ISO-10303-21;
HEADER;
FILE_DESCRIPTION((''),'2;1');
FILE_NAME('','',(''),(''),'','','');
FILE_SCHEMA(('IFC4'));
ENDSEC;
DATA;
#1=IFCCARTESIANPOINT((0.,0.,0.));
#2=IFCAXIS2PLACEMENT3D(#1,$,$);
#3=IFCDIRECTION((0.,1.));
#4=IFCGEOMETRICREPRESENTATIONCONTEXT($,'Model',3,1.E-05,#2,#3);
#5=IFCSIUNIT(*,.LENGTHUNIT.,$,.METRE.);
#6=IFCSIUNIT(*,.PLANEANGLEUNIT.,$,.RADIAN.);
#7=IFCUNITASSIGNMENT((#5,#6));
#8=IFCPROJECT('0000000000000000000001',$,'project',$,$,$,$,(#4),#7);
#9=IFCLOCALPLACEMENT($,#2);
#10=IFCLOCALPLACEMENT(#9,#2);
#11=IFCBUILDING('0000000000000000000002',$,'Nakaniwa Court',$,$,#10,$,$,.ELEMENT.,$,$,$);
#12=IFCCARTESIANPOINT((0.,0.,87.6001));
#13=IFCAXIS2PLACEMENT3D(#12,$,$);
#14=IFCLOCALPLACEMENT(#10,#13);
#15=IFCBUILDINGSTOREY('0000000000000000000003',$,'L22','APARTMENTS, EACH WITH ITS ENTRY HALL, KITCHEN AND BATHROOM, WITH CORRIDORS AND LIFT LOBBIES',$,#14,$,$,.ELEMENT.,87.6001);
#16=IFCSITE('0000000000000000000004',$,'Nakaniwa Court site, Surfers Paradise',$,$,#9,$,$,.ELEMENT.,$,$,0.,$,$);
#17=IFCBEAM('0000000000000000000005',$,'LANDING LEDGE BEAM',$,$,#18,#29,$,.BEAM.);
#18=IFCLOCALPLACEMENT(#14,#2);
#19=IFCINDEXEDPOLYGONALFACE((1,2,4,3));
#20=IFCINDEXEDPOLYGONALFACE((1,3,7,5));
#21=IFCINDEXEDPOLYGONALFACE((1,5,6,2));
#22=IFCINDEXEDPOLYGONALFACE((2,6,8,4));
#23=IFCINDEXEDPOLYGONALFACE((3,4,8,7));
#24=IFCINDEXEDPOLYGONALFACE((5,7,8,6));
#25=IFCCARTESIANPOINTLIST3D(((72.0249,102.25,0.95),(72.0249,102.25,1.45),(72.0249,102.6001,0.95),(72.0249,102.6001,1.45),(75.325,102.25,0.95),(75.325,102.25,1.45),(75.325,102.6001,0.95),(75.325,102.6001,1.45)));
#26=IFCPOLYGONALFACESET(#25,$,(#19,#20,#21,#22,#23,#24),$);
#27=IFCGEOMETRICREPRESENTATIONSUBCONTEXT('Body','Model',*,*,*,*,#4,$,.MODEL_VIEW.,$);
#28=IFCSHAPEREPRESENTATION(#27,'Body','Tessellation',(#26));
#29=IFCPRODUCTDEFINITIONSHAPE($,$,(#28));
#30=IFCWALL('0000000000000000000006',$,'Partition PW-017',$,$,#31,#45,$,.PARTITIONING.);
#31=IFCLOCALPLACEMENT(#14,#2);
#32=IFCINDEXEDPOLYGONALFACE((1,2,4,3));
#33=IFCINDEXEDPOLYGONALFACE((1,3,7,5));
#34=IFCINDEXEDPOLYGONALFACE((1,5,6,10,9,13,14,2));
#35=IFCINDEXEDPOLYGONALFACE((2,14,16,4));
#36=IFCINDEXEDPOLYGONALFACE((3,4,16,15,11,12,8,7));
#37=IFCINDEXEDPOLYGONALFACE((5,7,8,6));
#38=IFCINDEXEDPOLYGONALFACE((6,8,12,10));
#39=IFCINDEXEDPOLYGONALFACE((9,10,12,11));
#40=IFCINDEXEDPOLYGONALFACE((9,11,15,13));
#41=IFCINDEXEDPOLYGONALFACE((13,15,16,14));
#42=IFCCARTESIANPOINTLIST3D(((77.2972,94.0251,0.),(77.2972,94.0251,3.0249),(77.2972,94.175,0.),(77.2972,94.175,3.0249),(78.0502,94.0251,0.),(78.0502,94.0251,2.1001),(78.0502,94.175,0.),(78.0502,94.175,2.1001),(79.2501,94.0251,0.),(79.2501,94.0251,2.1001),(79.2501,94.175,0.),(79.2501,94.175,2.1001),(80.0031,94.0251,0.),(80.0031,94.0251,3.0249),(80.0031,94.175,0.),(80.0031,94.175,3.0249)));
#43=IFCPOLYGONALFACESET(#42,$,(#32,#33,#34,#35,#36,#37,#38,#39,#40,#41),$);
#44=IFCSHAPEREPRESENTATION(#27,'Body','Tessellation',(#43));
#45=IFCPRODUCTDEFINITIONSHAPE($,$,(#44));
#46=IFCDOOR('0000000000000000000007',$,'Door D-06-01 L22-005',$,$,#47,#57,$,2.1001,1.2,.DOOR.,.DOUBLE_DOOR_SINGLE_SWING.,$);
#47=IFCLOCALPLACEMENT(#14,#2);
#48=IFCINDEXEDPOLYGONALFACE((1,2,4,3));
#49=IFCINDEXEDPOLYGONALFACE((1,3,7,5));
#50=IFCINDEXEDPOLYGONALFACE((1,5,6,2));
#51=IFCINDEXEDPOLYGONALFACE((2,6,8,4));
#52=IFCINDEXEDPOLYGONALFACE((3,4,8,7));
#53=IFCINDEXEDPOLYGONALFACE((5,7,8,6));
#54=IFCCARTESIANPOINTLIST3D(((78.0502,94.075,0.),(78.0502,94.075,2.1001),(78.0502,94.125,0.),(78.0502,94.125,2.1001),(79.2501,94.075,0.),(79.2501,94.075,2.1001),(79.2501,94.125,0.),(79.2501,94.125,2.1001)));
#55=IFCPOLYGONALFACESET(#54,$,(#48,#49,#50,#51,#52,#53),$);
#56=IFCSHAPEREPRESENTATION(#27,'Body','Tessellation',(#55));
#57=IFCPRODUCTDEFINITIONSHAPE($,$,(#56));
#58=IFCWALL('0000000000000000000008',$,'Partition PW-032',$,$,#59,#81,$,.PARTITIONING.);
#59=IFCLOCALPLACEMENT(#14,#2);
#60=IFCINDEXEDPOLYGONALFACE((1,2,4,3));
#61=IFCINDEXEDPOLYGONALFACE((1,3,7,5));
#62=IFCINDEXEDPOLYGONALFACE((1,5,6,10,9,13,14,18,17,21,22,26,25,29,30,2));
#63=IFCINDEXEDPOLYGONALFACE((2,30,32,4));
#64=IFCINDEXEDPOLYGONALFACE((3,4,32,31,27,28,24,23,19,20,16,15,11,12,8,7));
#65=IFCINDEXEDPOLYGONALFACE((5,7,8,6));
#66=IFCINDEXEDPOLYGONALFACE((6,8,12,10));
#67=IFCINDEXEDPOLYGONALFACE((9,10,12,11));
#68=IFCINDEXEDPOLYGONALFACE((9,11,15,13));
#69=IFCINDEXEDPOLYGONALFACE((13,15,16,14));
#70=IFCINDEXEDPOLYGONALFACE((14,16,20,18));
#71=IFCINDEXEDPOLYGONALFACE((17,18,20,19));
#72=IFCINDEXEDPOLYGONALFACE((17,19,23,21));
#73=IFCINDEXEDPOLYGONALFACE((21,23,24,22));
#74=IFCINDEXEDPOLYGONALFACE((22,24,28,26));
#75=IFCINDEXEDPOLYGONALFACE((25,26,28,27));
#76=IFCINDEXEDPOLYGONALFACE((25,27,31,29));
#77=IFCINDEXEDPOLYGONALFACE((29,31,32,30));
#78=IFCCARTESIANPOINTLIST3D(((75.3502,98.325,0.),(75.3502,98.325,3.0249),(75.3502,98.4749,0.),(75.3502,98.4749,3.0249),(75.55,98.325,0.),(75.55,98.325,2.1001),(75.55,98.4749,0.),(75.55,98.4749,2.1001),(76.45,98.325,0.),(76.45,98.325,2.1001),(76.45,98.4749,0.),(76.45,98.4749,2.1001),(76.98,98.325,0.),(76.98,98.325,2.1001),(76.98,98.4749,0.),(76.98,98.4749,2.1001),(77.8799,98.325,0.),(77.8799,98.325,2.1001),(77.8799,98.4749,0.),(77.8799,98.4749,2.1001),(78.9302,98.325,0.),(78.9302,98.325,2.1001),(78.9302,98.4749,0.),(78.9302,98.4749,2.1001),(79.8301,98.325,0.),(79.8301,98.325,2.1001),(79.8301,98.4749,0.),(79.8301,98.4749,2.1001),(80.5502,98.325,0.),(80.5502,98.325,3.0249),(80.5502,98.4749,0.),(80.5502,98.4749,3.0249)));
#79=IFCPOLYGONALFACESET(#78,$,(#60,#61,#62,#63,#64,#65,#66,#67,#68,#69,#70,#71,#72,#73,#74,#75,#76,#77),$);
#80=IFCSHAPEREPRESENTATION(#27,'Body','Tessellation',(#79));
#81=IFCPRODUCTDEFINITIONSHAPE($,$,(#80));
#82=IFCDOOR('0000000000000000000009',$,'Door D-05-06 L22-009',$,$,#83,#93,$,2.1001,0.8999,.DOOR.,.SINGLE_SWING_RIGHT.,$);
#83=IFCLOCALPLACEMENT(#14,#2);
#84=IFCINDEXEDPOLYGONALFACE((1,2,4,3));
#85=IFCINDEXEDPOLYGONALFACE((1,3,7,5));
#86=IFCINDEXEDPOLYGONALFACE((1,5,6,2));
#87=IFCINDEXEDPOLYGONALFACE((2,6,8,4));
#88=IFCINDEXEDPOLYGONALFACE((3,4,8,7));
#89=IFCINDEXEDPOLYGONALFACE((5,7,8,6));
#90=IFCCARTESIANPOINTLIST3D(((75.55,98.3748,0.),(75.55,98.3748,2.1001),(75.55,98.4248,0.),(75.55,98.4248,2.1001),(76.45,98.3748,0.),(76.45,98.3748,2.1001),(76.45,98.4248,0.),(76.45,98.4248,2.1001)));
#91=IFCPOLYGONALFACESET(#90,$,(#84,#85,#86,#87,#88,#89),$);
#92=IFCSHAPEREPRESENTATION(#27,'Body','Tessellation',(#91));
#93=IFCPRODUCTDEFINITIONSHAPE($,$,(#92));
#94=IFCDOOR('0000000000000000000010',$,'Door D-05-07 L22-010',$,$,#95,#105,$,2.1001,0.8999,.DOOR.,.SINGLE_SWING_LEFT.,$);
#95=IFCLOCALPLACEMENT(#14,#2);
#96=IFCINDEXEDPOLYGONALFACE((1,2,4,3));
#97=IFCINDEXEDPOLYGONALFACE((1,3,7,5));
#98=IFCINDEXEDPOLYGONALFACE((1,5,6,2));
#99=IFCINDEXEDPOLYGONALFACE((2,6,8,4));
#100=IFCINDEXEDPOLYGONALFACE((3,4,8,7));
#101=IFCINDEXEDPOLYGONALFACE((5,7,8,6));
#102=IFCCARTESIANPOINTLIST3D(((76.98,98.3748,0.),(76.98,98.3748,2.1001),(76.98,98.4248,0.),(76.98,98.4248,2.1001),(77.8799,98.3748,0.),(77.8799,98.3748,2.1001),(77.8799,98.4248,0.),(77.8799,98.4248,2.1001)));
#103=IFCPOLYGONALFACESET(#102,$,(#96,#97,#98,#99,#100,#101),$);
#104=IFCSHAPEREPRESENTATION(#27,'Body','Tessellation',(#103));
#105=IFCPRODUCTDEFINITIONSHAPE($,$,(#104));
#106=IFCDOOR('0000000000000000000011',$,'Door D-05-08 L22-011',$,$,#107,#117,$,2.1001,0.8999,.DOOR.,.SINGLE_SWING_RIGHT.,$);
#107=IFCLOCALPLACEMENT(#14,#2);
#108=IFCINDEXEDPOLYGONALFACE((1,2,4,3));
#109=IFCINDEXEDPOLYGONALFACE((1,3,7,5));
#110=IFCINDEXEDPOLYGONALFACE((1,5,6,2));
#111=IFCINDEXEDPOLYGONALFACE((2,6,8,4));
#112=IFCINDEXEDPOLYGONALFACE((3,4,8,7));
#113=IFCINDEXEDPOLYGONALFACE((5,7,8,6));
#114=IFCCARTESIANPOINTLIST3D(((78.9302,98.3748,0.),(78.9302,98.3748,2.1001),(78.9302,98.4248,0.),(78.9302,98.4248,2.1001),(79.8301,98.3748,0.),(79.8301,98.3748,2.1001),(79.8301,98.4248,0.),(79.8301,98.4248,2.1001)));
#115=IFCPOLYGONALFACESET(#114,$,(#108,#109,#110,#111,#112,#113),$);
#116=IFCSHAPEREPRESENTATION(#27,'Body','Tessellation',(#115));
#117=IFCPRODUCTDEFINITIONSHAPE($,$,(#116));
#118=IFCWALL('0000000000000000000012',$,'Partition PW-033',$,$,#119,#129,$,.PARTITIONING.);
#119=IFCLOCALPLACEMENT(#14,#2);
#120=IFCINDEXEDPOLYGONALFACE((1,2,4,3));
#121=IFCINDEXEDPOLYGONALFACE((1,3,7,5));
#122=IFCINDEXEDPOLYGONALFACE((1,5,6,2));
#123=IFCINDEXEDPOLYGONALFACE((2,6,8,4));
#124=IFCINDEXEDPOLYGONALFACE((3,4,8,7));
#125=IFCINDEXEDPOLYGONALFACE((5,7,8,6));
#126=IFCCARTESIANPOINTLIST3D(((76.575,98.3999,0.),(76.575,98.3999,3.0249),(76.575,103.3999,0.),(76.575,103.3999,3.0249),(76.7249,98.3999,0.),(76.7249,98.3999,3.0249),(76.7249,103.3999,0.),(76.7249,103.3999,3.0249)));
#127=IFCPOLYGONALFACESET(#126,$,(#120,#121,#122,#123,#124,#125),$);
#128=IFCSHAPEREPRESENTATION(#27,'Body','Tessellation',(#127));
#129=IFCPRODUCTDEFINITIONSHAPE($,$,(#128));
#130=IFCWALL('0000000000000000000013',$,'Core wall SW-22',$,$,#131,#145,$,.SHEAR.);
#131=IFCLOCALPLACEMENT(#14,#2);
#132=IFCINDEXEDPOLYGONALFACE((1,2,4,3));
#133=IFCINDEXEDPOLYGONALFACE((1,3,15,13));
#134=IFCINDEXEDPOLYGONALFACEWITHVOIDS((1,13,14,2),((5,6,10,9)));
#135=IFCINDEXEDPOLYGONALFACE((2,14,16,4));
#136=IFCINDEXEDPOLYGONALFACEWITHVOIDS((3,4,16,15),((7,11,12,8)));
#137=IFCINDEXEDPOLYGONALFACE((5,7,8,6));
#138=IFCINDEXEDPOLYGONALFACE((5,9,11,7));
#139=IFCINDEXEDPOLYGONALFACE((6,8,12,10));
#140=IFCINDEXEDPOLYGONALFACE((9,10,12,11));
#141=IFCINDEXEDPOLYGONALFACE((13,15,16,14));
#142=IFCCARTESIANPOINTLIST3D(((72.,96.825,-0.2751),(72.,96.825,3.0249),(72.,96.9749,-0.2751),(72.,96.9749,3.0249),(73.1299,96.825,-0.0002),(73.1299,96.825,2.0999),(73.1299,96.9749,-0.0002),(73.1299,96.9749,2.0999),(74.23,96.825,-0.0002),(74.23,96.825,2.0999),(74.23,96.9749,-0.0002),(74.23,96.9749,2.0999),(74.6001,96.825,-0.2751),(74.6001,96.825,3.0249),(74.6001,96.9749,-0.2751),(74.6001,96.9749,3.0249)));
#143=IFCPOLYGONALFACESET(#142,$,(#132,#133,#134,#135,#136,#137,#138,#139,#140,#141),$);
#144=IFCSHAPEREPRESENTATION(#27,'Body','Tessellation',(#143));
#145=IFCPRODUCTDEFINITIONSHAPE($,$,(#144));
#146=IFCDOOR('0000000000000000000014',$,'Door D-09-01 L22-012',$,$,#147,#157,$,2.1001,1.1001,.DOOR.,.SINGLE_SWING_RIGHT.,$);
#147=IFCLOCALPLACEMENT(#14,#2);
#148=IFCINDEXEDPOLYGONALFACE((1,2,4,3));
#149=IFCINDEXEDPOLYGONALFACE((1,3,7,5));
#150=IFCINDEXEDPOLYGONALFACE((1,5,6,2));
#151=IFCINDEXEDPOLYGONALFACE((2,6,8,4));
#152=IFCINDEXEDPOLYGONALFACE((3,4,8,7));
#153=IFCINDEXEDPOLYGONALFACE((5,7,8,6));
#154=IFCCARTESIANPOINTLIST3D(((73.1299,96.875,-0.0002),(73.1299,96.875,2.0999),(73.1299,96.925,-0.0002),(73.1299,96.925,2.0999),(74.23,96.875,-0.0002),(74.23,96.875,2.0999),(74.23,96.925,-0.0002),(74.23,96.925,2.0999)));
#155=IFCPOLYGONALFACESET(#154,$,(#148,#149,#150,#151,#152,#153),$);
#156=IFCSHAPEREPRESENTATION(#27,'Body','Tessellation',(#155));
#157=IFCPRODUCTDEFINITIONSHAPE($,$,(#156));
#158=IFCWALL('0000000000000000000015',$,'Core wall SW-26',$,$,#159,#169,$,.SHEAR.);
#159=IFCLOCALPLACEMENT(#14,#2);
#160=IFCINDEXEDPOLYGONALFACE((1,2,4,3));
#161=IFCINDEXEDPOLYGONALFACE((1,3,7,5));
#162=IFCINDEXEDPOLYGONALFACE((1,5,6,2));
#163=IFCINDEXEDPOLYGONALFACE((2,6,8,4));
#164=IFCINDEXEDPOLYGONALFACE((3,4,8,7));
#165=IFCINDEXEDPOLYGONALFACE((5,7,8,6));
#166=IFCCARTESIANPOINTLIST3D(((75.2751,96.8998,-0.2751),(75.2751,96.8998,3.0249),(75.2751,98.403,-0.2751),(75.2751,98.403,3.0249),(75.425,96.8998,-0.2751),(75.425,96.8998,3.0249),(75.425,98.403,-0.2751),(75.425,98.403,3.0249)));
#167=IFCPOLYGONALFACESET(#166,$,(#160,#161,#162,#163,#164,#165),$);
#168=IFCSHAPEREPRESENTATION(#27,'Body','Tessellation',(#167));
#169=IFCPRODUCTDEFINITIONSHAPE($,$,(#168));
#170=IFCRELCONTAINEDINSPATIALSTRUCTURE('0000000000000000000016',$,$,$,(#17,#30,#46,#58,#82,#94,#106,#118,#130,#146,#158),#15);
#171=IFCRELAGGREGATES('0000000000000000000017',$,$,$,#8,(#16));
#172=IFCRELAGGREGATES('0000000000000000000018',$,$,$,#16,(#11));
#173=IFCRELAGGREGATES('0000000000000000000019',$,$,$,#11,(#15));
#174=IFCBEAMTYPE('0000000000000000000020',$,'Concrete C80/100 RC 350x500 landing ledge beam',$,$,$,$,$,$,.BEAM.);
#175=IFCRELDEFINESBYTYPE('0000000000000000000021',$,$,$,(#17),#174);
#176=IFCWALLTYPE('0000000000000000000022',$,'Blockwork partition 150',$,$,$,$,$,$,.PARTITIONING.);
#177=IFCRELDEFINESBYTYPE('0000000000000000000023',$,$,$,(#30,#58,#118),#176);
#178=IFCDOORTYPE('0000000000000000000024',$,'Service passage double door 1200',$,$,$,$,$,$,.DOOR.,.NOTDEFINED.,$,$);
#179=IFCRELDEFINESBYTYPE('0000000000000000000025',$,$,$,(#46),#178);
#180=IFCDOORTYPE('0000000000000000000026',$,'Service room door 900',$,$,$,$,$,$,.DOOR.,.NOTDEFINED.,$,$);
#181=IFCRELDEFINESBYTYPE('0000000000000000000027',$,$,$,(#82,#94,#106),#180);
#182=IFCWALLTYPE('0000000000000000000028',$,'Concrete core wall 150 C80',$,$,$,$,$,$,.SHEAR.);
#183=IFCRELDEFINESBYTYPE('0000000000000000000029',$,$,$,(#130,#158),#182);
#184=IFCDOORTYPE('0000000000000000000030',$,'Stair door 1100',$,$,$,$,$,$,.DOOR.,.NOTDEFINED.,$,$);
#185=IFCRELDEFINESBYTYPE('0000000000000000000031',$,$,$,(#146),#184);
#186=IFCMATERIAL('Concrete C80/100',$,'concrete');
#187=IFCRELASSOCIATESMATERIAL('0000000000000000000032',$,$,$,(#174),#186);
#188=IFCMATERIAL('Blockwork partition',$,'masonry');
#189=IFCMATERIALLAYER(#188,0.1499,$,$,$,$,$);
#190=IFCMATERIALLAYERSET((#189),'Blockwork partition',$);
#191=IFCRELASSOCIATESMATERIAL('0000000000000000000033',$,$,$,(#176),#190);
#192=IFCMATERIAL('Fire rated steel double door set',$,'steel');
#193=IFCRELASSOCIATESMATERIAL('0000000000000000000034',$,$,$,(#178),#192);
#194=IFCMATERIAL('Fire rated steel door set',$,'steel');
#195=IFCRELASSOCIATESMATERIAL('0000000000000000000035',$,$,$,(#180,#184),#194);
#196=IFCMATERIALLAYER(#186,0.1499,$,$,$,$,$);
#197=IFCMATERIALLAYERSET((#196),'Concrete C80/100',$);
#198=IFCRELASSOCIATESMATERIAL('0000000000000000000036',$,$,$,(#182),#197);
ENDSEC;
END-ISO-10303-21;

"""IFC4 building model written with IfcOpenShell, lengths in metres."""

from ifc_helpers import new_model, si_unit, direction, frame, frame_2d, origin, origin_2d, place, context, subcontext, project, spatial, rectangle, extrude, material, layer, layer_set, material_profile, profile_set, type_object, element, fill, save


model = new_model("IFC4")

# Units and contexts
model_context = context("Model", 3, precision=1e-05, world=origin(), true_north=direction((0.0, 1.0)))
body_context = subcontext(model_context, "Body", "Model", "MODEL_VIEW")
ifc_project = project(units=[si_unit("LENGTHUNIT", "METRE"), si_unit("PLANEANGLEUNIT", "RADIAN")], contexts=[model_context])

# Site, building, storey
site_placement = place(None, origin())
site = spatial("IfcSite", under=ifc_project, at=site_placement, Name="Nakaniwa Court site, Surfers Paradise", CompositionType="ELEMENT", RefElevation=0.0)
building_placement = place(site_placement, origin())
building = spatial("IfcBuilding", under=site, at=building_placement, Name="Nakaniwa Court", CompositionType="ELEMENT")
storey_placement = place(building_placement, frame((0.0, 0.0, 87.6001)))
storey = spatial("IfcBuildingStorey", under=building, at=storey_placement, Name="L22", Description="APARTMENTS, EACH WITH ITS ENTRY HALL, KITCHEN AND BATHROOM, WITH CORRIDORS AND LIFT LOBBIES", CompositionType="ELEMENT", Elevation=87.6001)

# Beam
ifc_material_1 = material(Name="Concrete C80/100", Category="concrete")
ifc_material_profile = material_profile(ifc_material_1, rectangle(XDim=0.3501, YDim=0.5, at=origin_2d()), Name="Concrete C80/100 RC 350x500 landing ledge beam")
ifc_profile_set = profile_set([ifc_material_profile], Name="Concrete C80/100")
beam_type = type_object("IfcBeamType", Name="Concrete C80/100 RC 350x500 landing ledge beam", PredefinedType="BEAM", material=ifc_profile_set)
beam_placement = place(storey_placement, frame((72.0249, 102.425, 1.2), z_axis=(1.0, 0.0, 0.0), x_axis=(0.0, 1.0, 0.0)))
element("IfcBeam", 1, at=beam_placement, inside=storey, type_object=beam_type, Name="LANDING LEDGE BEAM", PredefinedType="BEAM", context=body_context, shape_type="SweptSolid", body=[
    extrude(rectangle(XDim=0.3501, YDim=0.5, at=origin_2d()), origin(), (0.0, 0.0, 1.0), 3.3),
])

# Wall, opening, door
ifc_material_2 = material(Name="Blockwork partition", Category="masonry")
ifc_layer_1 = layer(ifc_material_2, 0.1499)
ifc_layer_set_1 = layer_set([ifc_layer_1], Name="Blockwork partition")
wall_type_1 = type_object("IfcWallType", Name="Blockwork partition 150", PredefinedType="PARTITIONING", material=ifc_layer_set_1)
wall_1_placement = place(storey_placement, frame((77.2971, 94.1001, 0.0), z_axis=(0.0, 0.0, 1.0), x_axis=(1.0, 0.0, 0.0)))
wall_1 = element("IfcWall", 2, at=wall_1_placement, inside=storey, type_object=wall_type_1, Name="Partition PW-017", PredefinedType="PARTITIONING", context=body_context, shape_type="SweptSolid", body=[
    extrude(rectangle(XDim=2.7058, YDim=0.1499, at=frame_2d((1.353, 0.0))), origin(), (0.0, 0.0, 1.0), 3.0249),
])
opening_1_placement = place(wall_1_placement, frame((0.7529, 0.0, 0.0)))
opening_1 = element("IfcOpeningElement", 3, at=opening_1_placement, cuts=wall_1, PredefinedType="OPENING", context=body_context, shape_type="SweptSolid", body=[
    extrude(rectangle(XDim=1.2, YDim=2.1001, at=frame_2d((0.6001, 1.05))), frame((0.0, 0.085, 0.0), z_axis=(0.0, -1.0, 0.0), x_axis=(1.0, 0.0, 0.0)), (0.0, 0.0, 1.0), 0.1699),
])
ifc_material_3 = material(Name="Fire rated steel double door set", Category="steel")
door_type_1 = type_object("IfcDoorType", Name="Service passage double door 1200", OperationType="NOTDEFINED", PredefinedType="DOOR", material=ifc_material_3)
door_1_placement = place(opening_1_placement, origin())
door_1 = element("IfcDoor", 4, at=door_1_placement, inside=storey, type_object=door_type_1, Name="Door D-06-01 L22-005", OperationType="DOUBLE_DOOR_SINGLE_SWING", OverallHeight=2.1001, OverallWidth=1.2, PredefinedType="DOOR", context=body_context, shape_type="SweptSolid", body=[
    extrude(rectangle(XDim=1.2, YDim=2.1001, at=frame_2d((0.6001, 1.05))), frame((0.0, 0.0249, 0.0), z_axis=(0.0, -1.0, 0.0), x_axis=(1.0, 0.0, 0.0)), (0.0, 0.0, 1.0), 0.05),
])
fill(opening_1, door_1)

# Wall, openings, doors
wall_2_placement = place(storey_placement, frame((75.3501, 98.3999, 0.0), z_axis=(0.0, 0.0, 1.0), x_axis=(1.0, 0.0, 0.0)))
wall_2 = element("IfcWall", 5, at=wall_2_placement, inside=storey, type_object=wall_type_1, Name="Partition PW-032", PredefinedType="PARTITIONING", context=body_context, shape_type="SweptSolid", body=[
    extrude(rectangle(XDim=5.2, YDim=0.1499, at=frame_2d((2.6001, 0.0))), origin(), (0.0, 0.0, 1.0), 3.0249),
])
opening_2_placement = place(wall_2_placement, frame((0.2, 0.0, 0.0)))
opening_2 = element("IfcOpeningElement", 6, at=opening_2_placement, cuts=wall_2, PredefinedType="OPENING", context=body_context, shape_type="SweptSolid", body=[
    extrude(rectangle(XDim=0.8999, YDim=2.1001, at=frame_2d((0.45, 1.05))), frame((0.0, 0.085, 0.0), z_axis=(0.0, -1.0, 0.0), x_axis=(1.0, 0.0, 0.0)), (0.0, 0.0, 1.0), 0.1699),
])
opening_3_placement = place(wall_2_placement, frame((1.6299, 0.0, 0.0)))
opening_3 = element("IfcOpeningElement", 7, at=opening_3_placement, cuts=wall_2, PredefinedType="OPENING", context=body_context, shape_type="SweptSolid", body=[
    extrude(rectangle(XDim=0.8999, YDim=2.1001, at=frame_2d((0.45, 1.05))), frame((0.0, 0.085, 0.0), z_axis=(0.0, -1.0, 0.0), x_axis=(1.0, 0.0, 0.0)), (0.0, 0.0, 1.0), 0.1699),
])
opening_4_placement = place(wall_2_placement, frame((3.5801, 0.0, 0.0)))
opening_4 = element("IfcOpeningElement", 8, at=opening_4_placement, cuts=wall_2, PredefinedType="OPENING", context=body_context, shape_type="SweptSolid", body=[
    extrude(rectangle(XDim=0.8999, YDim=2.1001, at=frame_2d((0.45, 1.05))), frame((0.0, 0.085, 0.0), z_axis=(0.0, -1.0, 0.0), x_axis=(1.0, 0.0, 0.0)), (0.0, 0.0, 1.0), 0.1699),
])
ifc_material_4 = material(Name="Fire rated steel door set", Category="steel")
door_type_2 = type_object("IfcDoorType", Name="Service room door 900", OperationType="NOTDEFINED", PredefinedType="DOOR", material=ifc_material_4)
door_2_placement = place(opening_2_placement, origin())
door_2 = element("IfcDoor", 9, at=door_2_placement, inside=storey, type_object=door_type_2, Name="Door D-05-06 L22-009", OperationType="SINGLE_SWING_RIGHT", OverallHeight=2.1001, OverallWidth=0.8999, PredefinedType="DOOR", context=body_context, shape_type="SweptSolid", body=[
    extrude(rectangle(XDim=0.8999, YDim=2.1001, at=frame_2d((0.45, 1.05))), frame((0.0, 0.0249, 0.0), z_axis=(0.0, -1.0, 0.0), x_axis=(1.0, 0.0, 0.0)), (0.0, 0.0, 1.0), 0.05),
])
fill(opening_2, door_2)
door_3_placement = place(opening_3_placement, origin())
door_3 = element("IfcDoor", 10, at=door_3_placement, inside=storey, type_object=door_type_2, Name="Door D-05-07 L22-010", OperationType="SINGLE_SWING_LEFT", OverallHeight=2.1001, OverallWidth=0.8999, PredefinedType="DOOR", context=body_context, shape_type="SweptSolid", body=[
    extrude(rectangle(XDim=0.8999, YDim=2.1001, at=frame_2d((0.45, 1.05))), frame((0.0, 0.0249, 0.0), z_axis=(0.0, -1.0, 0.0), x_axis=(1.0, 0.0, 0.0)), (0.0, 0.0, 1.0), 0.05),
])
fill(opening_3, door_3)
door_4_placement = place(opening_4_placement, origin())
door_4 = element("IfcDoor", 11, at=door_4_placement, inside=storey, type_object=door_type_2, Name="Door D-05-08 L22-011", OperationType="SINGLE_SWING_RIGHT", OverallHeight=2.1001, OverallWidth=0.8999, PredefinedType="DOOR", context=body_context, shape_type="SweptSolid", body=[
    extrude(rectangle(XDim=0.8999, YDim=2.1001, at=frame_2d((0.45, 1.05))), frame((0.0, 0.0249, 0.0), z_axis=(0.0, -1.0, 0.0), x_axis=(1.0, 0.0, 0.0)), (0.0, 0.0, 1.0), 0.05),
])
fill(opening_4, door_4)

# Wall
wall_3_placement = place(storey_placement, frame((76.6499, 98.3999, 0.0), z_axis=(0.0, 0.0, 1.0), x_axis=(0.0, 1.0, 0.0)))
element("IfcWall", 12, at=wall_3_placement, inside=storey, type_object=wall_type_1, Name="Partition PW-033", PredefinedType="PARTITIONING", context=body_context, shape_type="SweptSolid", body=[
    extrude(rectangle(XDim=5.0, YDim=0.1499, at=frame_2d((2.5, 0.0))), origin(), (0.0, 0.0, 1.0), 3.0249),
])

# Wall, opening, door
ifc_layer_2 = layer(ifc_material_1, 0.1499)
ifc_layer_set_2 = layer_set([ifc_layer_2], Name="Concrete C80/100")
wall_type_2 = type_object("IfcWallType", Name="Concrete core wall 150 C80", PredefinedType="SHEAR", material=ifc_layer_set_2)
wall_4_placement = place(storey_placement, frame((74.6001, 96.8999, -0.2751), z_axis=(0.0, 0.0, 1.0), x_axis=(-1.0, 0.0, 0.0)))
wall_4 = element("IfcWall", 13, at=wall_4_placement, inside=storey, type_object=wall_type_2, Name="Core wall SW-22", PredefinedType="SHEAR", context=body_context, shape_type="SweptSolid", body=[
    extrude(rectangle(XDim=2.6001, YDim=0.1499, at=frame_2d((1.3, 0.0))), origin(), (0.0, 0.0, 1.0), 3.3),
])
opening_5_placement = place(wall_4_placement, frame((0.3701, 0.0, 0.2749)))
opening_5 = element("IfcOpeningElement", 14, at=opening_5_placement, cuts=wall_4, PredefinedType="OPENING", context=body_context, shape_type="SweptSolid", body=[
    extrude(rectangle(XDim=1.1001, YDim=2.1001, at=frame_2d((0.55, 1.05))), frame((0.0, 0.085, 0.0), z_axis=(0.0, -1.0, 0.0), x_axis=(1.0, 0.0, 0.0)), (0.0, 0.0, 1.0), 0.1699),
])
door_type_3 = type_object("IfcDoorType", Name="Stair door 1100", OperationType="NOTDEFINED", PredefinedType="DOOR", material=ifc_material_4)
door_5_placement = place(opening_5_placement, origin())
door_5 = element("IfcDoor", 15, at=door_5_placement, inside=storey, type_object=door_type_3, Name="Door D-09-01 L22-012", OperationType="SINGLE_SWING_RIGHT", OverallHeight=2.1001, OverallWidth=1.1001, PredefinedType="DOOR", context=body_context, shape_type="SweptSolid", body=[
    extrude(rectangle(XDim=1.1001, YDim=2.1001, at=frame_2d((0.55, 1.05))), frame((0.0, 0.0249, 0.0), z_axis=(0.0, -1.0, 0.0), x_axis=(1.0, 0.0, 0.0)), (0.0, 0.0, 1.0), 0.05),
])
fill(opening_5, door_5)

# Wall
wall_5_placement = place(storey_placement, frame((75.3501, 96.8999, -0.2751), z_axis=(0.0, 0.0, 1.0), x_axis=(0.0, 1.0, 0.0)))
element("IfcWall", 16, at=wall_5_placement, inside=storey, type_object=wall_type_2, Name="Core wall SW-26", PredefinedType="SHEAR", context=body_context, shape_type="SweptSolid", body=[
    extrude(rectangle(XDim=1.5032, YDim=0.1499, at=frame_2d((0.7515, 0.0))), origin(), (0.0, 0.0, 1.0), 3.3),
])

save(model, "model.ifc")
